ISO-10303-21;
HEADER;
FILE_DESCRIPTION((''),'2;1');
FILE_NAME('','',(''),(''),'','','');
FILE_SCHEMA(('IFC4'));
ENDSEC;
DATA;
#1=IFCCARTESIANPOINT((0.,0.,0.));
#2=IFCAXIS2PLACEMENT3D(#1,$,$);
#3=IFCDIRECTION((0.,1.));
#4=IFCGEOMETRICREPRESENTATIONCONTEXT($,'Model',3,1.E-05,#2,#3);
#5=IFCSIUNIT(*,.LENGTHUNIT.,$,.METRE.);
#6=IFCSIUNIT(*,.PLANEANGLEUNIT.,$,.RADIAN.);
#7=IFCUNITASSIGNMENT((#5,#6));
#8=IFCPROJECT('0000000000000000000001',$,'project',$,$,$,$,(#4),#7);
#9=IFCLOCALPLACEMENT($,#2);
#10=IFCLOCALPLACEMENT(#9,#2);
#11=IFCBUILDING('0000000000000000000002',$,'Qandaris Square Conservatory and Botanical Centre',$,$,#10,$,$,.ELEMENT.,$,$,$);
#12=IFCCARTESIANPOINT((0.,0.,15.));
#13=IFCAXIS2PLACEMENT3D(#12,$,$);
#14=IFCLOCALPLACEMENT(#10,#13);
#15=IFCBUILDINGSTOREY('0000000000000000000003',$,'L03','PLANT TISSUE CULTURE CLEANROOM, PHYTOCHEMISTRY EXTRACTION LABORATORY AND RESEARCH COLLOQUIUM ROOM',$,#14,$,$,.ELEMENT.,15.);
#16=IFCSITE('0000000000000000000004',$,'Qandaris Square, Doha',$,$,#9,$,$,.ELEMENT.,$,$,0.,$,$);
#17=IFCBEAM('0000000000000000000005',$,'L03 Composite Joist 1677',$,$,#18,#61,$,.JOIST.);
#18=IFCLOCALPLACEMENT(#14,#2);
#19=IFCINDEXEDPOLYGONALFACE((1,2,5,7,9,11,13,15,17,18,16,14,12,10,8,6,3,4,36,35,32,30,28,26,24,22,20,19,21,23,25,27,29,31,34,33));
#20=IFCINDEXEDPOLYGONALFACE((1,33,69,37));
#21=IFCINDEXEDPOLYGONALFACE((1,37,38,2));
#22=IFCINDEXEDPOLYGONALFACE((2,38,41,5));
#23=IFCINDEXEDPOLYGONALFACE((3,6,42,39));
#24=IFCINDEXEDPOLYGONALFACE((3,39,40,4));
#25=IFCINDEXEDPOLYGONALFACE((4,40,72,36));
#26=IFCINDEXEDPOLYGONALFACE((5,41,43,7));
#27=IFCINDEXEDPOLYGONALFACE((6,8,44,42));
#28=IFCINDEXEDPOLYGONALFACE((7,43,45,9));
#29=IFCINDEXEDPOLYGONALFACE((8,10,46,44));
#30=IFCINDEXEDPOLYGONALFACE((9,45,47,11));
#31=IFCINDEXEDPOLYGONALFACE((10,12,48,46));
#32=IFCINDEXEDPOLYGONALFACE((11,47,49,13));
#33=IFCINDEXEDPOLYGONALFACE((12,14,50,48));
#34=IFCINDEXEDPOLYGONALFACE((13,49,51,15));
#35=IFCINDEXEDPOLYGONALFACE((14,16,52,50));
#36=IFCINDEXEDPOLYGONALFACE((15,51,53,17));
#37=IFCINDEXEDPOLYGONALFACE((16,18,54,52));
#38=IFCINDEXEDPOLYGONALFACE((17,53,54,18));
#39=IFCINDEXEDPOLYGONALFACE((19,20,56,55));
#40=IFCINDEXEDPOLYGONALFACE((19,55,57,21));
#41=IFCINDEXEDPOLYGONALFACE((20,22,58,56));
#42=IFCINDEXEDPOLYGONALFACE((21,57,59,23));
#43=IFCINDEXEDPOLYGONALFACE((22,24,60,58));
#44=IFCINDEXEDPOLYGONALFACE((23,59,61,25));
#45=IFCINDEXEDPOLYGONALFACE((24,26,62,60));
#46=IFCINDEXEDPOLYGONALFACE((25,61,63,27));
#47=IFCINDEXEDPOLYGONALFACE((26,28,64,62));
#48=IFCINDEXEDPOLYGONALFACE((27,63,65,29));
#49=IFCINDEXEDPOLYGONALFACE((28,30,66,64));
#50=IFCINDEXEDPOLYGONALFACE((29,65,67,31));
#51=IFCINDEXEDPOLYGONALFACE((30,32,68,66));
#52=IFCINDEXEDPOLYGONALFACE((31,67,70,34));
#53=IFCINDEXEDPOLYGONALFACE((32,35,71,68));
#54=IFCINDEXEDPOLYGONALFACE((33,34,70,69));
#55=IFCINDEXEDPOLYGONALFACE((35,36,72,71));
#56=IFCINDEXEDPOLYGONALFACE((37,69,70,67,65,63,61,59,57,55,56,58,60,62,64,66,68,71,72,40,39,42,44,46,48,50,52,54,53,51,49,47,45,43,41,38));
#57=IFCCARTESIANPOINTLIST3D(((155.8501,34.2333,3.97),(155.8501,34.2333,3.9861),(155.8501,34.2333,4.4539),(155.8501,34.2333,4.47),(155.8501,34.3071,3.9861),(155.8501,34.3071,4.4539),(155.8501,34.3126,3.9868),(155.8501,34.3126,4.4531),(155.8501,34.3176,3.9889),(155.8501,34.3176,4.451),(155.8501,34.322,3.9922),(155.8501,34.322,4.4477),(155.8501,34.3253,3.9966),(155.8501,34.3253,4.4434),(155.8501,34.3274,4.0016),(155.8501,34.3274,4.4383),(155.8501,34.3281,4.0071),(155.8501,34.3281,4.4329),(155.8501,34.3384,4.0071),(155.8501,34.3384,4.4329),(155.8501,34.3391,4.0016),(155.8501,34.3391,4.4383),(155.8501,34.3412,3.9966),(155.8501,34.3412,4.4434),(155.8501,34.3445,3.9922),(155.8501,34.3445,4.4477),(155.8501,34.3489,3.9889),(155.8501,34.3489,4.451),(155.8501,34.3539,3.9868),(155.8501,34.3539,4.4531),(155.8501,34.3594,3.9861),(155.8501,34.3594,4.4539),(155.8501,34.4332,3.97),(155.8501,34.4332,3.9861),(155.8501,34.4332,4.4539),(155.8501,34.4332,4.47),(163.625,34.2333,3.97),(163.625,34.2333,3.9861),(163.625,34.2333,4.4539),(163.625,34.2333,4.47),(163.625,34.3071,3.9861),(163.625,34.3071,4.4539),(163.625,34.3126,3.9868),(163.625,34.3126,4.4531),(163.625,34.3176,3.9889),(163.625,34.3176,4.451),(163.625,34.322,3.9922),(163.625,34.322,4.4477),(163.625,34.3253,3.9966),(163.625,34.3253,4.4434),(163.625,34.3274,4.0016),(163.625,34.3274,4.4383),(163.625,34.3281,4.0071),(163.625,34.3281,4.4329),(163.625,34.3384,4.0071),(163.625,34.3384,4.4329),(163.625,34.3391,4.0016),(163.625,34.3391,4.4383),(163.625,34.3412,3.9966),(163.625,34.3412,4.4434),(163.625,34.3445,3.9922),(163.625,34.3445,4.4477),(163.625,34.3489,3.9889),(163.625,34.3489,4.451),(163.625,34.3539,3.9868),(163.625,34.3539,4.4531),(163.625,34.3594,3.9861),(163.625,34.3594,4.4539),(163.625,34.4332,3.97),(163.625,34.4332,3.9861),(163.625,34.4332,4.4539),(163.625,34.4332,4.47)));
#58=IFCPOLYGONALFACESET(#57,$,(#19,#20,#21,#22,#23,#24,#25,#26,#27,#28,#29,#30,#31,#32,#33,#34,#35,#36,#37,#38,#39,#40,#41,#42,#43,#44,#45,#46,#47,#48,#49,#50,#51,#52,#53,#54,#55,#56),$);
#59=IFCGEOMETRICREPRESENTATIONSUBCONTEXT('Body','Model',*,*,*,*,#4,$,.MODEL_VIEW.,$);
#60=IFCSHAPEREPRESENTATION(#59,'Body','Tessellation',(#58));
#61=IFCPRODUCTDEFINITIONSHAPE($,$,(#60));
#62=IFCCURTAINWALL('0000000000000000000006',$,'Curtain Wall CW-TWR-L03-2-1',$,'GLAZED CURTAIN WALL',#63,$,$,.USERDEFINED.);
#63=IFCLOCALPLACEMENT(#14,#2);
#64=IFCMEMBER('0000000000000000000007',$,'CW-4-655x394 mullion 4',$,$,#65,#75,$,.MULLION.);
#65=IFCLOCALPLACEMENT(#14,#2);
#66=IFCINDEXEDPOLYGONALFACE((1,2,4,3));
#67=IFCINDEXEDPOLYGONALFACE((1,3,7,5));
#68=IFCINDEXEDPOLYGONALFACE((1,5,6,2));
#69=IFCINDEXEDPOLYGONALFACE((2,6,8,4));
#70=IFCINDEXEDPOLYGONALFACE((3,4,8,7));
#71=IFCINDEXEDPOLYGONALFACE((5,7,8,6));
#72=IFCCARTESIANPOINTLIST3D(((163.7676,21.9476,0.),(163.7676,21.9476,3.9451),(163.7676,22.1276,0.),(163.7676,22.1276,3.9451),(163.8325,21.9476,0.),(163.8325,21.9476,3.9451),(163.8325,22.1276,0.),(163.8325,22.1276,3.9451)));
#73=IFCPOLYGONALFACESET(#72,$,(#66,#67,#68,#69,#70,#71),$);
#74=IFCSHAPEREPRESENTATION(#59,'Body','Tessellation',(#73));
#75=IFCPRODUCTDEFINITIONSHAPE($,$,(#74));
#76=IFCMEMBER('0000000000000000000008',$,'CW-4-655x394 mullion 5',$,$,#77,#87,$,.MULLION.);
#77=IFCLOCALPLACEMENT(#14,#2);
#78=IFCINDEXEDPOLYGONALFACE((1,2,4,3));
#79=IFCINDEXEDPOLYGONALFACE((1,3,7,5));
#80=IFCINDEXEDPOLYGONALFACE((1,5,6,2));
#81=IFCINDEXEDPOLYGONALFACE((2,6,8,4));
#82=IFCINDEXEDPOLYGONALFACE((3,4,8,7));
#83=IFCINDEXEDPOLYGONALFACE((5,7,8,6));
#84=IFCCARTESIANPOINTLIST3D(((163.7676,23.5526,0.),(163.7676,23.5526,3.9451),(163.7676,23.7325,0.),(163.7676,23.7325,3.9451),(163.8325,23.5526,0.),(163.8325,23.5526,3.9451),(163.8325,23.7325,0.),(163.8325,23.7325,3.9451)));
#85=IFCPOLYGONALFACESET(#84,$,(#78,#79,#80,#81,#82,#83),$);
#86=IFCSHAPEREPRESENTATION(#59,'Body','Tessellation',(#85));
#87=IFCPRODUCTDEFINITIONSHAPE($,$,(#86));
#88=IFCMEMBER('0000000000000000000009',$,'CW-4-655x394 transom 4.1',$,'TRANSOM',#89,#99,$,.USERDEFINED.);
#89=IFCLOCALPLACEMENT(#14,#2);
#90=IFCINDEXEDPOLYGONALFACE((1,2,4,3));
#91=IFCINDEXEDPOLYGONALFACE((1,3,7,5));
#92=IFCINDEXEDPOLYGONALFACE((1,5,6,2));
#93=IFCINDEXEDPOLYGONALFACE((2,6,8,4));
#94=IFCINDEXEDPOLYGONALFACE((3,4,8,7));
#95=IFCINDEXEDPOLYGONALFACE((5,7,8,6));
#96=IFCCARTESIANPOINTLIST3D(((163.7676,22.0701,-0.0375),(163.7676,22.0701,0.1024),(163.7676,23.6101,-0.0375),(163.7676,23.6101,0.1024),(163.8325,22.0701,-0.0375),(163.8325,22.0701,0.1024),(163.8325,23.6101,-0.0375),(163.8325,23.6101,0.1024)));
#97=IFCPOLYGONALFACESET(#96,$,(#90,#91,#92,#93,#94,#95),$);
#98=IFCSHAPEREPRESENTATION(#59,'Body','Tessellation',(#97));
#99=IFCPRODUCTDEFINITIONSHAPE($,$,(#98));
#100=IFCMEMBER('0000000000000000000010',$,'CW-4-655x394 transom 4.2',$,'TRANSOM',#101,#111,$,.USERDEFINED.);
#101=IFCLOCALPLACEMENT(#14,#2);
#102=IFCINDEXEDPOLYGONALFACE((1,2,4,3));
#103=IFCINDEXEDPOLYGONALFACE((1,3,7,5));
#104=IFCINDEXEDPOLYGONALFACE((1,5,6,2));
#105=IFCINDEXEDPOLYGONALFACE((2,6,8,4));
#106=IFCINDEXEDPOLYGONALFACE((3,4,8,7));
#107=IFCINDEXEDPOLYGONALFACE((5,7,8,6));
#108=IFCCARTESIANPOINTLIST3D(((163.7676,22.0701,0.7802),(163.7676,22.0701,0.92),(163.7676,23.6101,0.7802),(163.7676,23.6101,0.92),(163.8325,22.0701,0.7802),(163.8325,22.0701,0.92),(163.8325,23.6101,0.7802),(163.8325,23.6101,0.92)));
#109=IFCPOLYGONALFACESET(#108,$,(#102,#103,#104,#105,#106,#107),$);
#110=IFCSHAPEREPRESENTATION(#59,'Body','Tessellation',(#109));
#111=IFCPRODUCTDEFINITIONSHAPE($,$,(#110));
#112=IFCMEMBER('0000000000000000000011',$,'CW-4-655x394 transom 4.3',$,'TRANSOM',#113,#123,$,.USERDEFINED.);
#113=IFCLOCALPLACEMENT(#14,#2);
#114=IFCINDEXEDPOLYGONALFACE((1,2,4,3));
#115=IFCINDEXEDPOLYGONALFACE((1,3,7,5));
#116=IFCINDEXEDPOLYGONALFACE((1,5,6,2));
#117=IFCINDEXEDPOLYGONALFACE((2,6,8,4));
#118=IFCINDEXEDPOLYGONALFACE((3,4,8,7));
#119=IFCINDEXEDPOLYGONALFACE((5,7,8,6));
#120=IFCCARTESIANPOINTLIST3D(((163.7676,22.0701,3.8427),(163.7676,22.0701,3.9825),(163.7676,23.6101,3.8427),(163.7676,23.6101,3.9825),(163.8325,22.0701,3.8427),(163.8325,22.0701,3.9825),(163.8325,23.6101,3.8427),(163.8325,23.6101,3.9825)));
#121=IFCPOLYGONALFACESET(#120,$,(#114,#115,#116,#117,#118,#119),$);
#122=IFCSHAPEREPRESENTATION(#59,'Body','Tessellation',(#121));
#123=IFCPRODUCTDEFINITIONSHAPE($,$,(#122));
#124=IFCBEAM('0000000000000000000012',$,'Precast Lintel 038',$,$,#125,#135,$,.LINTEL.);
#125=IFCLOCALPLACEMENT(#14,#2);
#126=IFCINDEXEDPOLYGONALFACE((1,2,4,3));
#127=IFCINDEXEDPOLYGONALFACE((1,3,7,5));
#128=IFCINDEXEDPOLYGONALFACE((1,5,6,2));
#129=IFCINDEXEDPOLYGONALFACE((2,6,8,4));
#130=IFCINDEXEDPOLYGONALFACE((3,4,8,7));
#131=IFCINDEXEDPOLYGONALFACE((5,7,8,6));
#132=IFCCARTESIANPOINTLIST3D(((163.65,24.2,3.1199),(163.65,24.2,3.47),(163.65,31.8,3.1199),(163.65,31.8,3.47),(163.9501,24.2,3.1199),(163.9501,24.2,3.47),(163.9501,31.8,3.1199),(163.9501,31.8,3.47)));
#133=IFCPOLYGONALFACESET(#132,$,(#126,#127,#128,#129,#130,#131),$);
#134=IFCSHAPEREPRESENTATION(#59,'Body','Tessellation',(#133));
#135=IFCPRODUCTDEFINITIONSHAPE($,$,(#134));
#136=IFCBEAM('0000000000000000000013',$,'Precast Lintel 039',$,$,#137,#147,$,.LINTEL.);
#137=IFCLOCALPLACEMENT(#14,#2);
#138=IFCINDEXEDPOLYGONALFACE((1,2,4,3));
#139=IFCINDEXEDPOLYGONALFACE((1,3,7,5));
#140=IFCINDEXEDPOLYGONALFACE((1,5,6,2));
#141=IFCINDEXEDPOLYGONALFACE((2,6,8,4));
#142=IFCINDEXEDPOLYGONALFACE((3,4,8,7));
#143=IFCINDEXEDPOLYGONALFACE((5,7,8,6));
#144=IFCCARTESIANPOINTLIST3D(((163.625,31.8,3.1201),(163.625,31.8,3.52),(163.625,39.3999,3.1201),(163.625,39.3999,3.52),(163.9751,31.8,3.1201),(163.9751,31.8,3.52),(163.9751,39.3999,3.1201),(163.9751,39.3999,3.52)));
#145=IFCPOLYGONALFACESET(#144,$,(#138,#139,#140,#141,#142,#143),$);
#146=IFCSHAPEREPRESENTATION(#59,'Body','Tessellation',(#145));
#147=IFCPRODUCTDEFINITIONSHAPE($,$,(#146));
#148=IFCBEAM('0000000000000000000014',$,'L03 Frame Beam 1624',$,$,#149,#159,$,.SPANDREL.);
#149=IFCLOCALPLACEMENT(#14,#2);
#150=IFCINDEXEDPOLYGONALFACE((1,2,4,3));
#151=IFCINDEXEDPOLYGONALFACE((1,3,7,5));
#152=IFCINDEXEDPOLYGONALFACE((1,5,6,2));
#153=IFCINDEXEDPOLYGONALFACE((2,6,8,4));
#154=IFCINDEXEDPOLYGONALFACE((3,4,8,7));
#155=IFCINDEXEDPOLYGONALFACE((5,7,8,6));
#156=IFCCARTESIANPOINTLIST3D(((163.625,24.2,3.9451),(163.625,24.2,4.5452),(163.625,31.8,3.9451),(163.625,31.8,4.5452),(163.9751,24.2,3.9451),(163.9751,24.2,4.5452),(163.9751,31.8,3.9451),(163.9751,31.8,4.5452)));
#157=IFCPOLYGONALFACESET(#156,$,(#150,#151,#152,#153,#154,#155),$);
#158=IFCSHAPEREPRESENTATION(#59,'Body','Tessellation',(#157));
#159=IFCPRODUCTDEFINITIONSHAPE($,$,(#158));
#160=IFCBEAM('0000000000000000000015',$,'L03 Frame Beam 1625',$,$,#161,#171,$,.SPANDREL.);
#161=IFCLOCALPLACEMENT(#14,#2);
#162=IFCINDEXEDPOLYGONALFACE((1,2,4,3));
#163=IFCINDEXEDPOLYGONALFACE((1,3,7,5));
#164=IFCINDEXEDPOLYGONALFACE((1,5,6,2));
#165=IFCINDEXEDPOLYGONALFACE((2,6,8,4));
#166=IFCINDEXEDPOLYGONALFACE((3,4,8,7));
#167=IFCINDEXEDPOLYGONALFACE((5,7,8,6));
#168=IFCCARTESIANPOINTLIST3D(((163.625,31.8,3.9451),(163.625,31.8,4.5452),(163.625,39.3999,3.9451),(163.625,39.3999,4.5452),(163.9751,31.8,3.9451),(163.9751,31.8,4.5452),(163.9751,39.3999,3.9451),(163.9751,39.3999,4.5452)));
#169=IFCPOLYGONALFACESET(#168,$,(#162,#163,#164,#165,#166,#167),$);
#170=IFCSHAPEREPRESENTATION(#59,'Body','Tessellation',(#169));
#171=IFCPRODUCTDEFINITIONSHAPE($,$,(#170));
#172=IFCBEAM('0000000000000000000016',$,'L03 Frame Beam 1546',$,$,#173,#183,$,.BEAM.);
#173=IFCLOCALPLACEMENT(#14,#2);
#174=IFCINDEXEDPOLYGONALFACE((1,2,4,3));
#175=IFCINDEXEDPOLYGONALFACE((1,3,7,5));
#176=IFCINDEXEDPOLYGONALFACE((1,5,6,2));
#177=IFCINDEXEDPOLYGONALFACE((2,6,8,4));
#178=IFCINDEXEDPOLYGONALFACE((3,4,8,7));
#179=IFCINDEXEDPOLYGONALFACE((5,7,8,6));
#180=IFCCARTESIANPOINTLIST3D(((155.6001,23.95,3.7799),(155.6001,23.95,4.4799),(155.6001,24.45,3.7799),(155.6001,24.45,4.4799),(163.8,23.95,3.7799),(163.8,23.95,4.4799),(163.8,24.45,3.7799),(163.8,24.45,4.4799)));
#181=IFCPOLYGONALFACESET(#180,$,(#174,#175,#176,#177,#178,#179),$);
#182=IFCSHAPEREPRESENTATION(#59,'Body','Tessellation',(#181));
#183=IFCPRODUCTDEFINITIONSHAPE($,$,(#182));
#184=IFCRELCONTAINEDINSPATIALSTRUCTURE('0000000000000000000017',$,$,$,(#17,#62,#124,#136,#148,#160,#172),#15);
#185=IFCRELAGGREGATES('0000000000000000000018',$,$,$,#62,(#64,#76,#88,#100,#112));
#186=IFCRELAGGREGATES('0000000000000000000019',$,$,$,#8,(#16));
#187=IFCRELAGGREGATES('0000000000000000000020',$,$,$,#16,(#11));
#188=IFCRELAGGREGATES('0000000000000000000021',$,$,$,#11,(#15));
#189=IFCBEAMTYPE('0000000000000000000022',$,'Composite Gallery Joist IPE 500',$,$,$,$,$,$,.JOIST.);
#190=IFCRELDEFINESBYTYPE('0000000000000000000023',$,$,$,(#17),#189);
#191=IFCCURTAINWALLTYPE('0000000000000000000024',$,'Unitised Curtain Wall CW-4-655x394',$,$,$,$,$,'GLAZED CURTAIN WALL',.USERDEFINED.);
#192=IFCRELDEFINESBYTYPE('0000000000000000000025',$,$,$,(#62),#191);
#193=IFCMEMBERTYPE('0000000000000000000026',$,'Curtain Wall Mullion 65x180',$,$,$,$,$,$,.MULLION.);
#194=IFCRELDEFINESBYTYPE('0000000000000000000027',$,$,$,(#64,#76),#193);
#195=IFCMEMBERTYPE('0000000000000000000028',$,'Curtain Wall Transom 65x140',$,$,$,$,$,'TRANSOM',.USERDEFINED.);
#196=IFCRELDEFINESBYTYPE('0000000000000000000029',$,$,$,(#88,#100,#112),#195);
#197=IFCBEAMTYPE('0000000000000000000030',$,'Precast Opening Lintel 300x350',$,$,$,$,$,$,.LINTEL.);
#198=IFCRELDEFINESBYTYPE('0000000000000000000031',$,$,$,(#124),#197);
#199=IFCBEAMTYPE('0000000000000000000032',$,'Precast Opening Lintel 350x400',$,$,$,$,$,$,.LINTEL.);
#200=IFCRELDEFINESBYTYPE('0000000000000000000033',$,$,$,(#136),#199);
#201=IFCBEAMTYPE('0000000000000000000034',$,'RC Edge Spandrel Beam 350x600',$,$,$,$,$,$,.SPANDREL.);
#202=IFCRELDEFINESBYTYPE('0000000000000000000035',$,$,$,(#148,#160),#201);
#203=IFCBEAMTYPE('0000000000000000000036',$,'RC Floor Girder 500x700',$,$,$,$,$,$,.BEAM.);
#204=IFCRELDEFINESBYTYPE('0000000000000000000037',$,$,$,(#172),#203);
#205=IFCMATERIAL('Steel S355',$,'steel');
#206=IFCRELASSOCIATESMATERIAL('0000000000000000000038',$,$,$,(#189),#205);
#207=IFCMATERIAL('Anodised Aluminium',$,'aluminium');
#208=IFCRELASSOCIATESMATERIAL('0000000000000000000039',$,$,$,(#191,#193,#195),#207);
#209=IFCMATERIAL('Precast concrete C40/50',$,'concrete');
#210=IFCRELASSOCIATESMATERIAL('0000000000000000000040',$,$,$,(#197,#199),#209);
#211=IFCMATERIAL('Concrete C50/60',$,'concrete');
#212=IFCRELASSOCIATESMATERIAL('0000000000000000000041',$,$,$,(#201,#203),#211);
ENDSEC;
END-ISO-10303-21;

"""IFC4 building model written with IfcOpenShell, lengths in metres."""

from ifc_helpers import new_model, si_unit, direction, frame, origin, origin_2d, place, context, subcontext, project, spatial, rectangle, i_section, extrude, material, material_profile, profile_set, type_object, element, aggregate, save


model = new_model("IFC4")

# Units and contexts
model_context = context("Model", 3, precision=1e-05, world=origin(), true_north=direction((0.0, 1.0)))
body_context = subcontext(model_context, "Body", "Model", "MODEL_VIEW")
ifc_project = project(units=[si_unit("LENGTHUNIT", "METRE"), si_unit("PLANEANGLEUNIT", "RADIAN")], contexts=[model_context])

# Site, building, storey
site_placement = place(None, origin())
site = spatial("IfcSite", under=ifc_project, at=site_placement, Name="Qandaris Square, Doha", CompositionType="ELEMENT", RefElevation=0.0)
building_placement = place(site_placement, origin())
building = spatial("IfcBuilding", under=site, at=building_placement, Name="Qandaris Square Conservatory and Botanical Centre", CompositionType="ELEMENT")
storey_placement = place(building_placement, frame((0.0, 0.0, 15.0)))
storey = spatial("IfcBuildingStorey", under=building, at=storey_placement, Name="L03", Description="PLANT TISSUE CULTURE CLEANROOM, PHYTOCHEMISTRY EXTRACTION LABORATORY AND RESEARCH COLLOQUIUM ROOM", CompositionType="ELEMENT", Elevation=15.0)

# Shared definitions
ifc_material_1 = material(Name="Concrete C50/60", Category="concrete")

# Beam
ifc_material_2 = material(Name="Steel S355", Category="steel")
ifc_material_profile_1 = material_profile(ifc_material_2, i_section(OverallWidth=0.2, OverallDepth=0.5, WebThickness=0.0103, FlangeThickness=0.0161, FilletRadius=0.021, at=origin_2d()), Name="IPE 500")
ifc_profile_set_1 = profile_set([ifc_material_profile_1], Name="Steel S355")
beam_type_1 = type_object("IfcBeamType", Name="Composite Gallery Joist IPE 500", PredefinedType="JOIST", material=ifc_profile_set_1)
for number, where, z_axis, x_axis, name in (
    (1, (155.8501, 34.3333, 4.22), (1.0, 0.0, 0.0), (0.0, 1.0, 0.0), "L03 Composite Joist 1677"),
):
    element("IfcBeam", number, at=place(storey_placement, frame(where, z_axis=z_axis, x_axis=x_axis)), inside=storey, type_object=beam_type_1, Name=name, PredefinedType="JOIST", context=body_context, shape_type="SweptSolid", body=[
        extrude(i_section(OverallWidth=0.2, OverallDepth=0.5, WebThickness=0.0103, FlangeThickness=0.0161, FilletRadius=0.021, at=origin_2d()), origin(), (0.0, 0.0, 1.0), 7.7749),
    ])

# Curtain wall, members
ifc_material_3 = material(Name="Anodised Aluminium", Category="aluminium")
curtain_wall_type = type_object("IfcCurtainWallType", Name="Unitised Curtain Wall CW-4-655x394", ElementType="GLAZED CURTAIN WALL", PredefinedType="USERDEFINED", material=ifc_material_3)
curtain_wall_placement = place(storey_placement, origin())
curtain_wall = element("IfcCurtainWall", 2, at=curtain_wall_placement, inside=storey, type_object=curtain_wall_type, Name="Curtain Wall CW-TWR-L03-2-1", ObjectType="GLAZED CURTAIN WALL", PredefinedType="USERDEFINED")
ifc_material_profile_2 = material_profile(ifc_material_3, rectangle(XDim=0.0649, YDim=0.1799, at=origin_2d()), Name="ALU-MUL 65x180")
ifc_profile_set_2 = profile_set([ifc_material_profile_2], Name="Anodised Aluminium")
member_type_1 = type_object("IfcMemberType", Name="Curtain Wall Mullion 65x180", PredefinedType="MULLION", material=ifc_profile_set_2)
member_1_placement = place(storey_placement, frame((163.8, 22.0376, 0.0), z_axis=(0.0, 0.0, 1.0), x_axis=(-1.0, 0.0, 0.0)))
member_1 = element("IfcMember", 3, at=member_1_placement, type_object=member_type_1, Name="CW-4-655x394 mullion 4", PredefinedType="MULLION", context=body_context, shape_type="SweptSolid", body=[
    extrude(rectangle(XDim=0.0649, YDim=0.1799, at=origin_2d()), origin(), (0.0, 0.0, 1.0), 3.9451),
])
member_2_placement = place(storey_placement, frame((163.8, 23.6426, 0.0), z_axis=(0.0, 0.0, 1.0), x_axis=(-1.0, 0.0, 0.0)))
member_2 = element("IfcMember", 4, at=member_2_placement, type_object=member_type_1, Name="CW-4-655x394 mullion 5", PredefinedType="MULLION", context=body_context, shape_type="SweptSolid", body=[
    extrude(rectangle(XDim=0.0649, YDim=0.1799, at=origin_2d()), origin(), (0.0, 0.0, 1.0), 3.9451),
])
ifc_material_profile_3 = material_profile(ifc_material_3, rectangle(XDim=0.0649, YDim=0.1399, at=origin_2d()), Name="ALU-TRN 65x140")
ifc_profile_set_3 = profile_set([ifc_material_profile_3], Name="Anodised Aluminium")
member_type_2 = type_object("IfcMemberType", Name="Curtain Wall Transom 65x140", ElementType="TRANSOM", PredefinedType="USERDEFINED", material=ifc_profile_set_3)
member_3_placement = place(storey_placement, frame((163.8, 22.0701, 0.0325), z_axis=(0.0, 1.0, 0.0), x_axis=(-1.0, 0.0, 0.0)))
member_3 = element("IfcMember", 5, at=member_3_placement, type_object=member_type_2, Name="CW-4-655x394 transom 4.1", ObjectType="TRANSOM", PredefinedType="USERDEFINED", context=body_context, shape_type="SweptSolid", body=[
    extrude(rectangle(XDim=0.0649, YDim=0.1399, at=origin_2d()), origin(), (0.0, 0.0, 1.0), 1.54),
])
member_4_placement = place(storey_placement, frame((163.8, 22.0701, 0.8501), z_axis=(0.0, 1.0, 0.0), x_axis=(-1.0, 0.0, 0.0)))
member_4 = element("IfcMember", 6, at=member_4_placement, type_object=member_type_2, Name="CW-4-655x394 transom 4.2", ObjectType="TRANSOM", PredefinedType="USERDEFINED", context=body_context, shape_type="SweptSolid", body=[
    extrude(rectangle(XDim=0.0649, YDim=0.1399, at=origin_2d()), origin(), (0.0, 0.0, 1.0), 1.54),
])
member_5_placement = place(storey_placement, frame((163.8, 22.0701, 3.9126), z_axis=(0.0, 1.0, 0.0), x_axis=(-1.0, 0.0, 0.0)))
member_5 = element("IfcMember", 7, at=member_5_placement, type_object=member_type_2, Name="CW-4-655x394 transom 4.3", ObjectType="TRANSOM", PredefinedType="USERDEFINED", context=body_context, shape_type="SweptSolid", body=[
    extrude(rectangle(XDim=0.0649, YDim=0.1399, at=origin_2d()), origin(), (0.0, 0.0, 1.0), 1.54),
])

# Beams
ifc_material_4 = material(Name="Precast concrete C40/50", Category="concrete")
ifc_material_profile_4 = material_profile(ifc_material_4, rectangle(XDim=0.3, YDim=0.3501, at=origin_2d()), Name="RC-LN 300x350")
ifc_profile_set_4 = profile_set([ifc_material_profile_4], Name="Precast concrete C40/50")
beam_type_2 = type_object("IfcBeamType", Name="Precast Opening Lintel 300x350", PredefinedType="LINTEL", material=ifc_profile_set_4)
beam_1_placement = place(storey_placement, frame((163.8, 24.2, 3.2949), z_axis=(0.0, 1.0, 0.0), x_axis=(-1.0, 0.0, 0.0)))
element("IfcBeam", 8, at=beam_1_placement, inside=storey, type_object=beam_type_2, Name="Precast Lintel 038", PredefinedType="LINTEL", context=body_context, shape_type="SweptSolid", body=[
    extrude(rectangle(XDim=0.3, YDim=0.3501, at=origin_2d()), origin(), (0.0, 0.0, 1.0), 7.6001),
])
ifc_material_profile_5 = material_profile(ifc_material_4, rectangle(XDim=0.3501, YDim=0.3999, at=origin_2d()), Name="RC-LN 350x400")
ifc_profile_set_5 = profile_set([ifc_material_profile_5], Name="Precast concrete C40/50")
beam_type_3 = type_object("IfcBeamType", Name="Precast Opening Lintel 350x400", PredefinedType="LINTEL", material=ifc_profile_set_5)
beam_2_placement = place(storey_placement, frame((163.8, 31.8, 3.3201), z_axis=(0.0, 1.0, 0.0), x_axis=(-1.0, 0.0, 0.0)))
element("IfcBeam", 9, at=beam_2_placement, inside=storey, type_object=beam_type_3, Name="Precast Lintel 039", PredefinedType="LINTEL", context=body_context, shape_type="SweptSolid", body=[
    extrude(rectangle(XDim=0.3501, YDim=0.3999, at=origin_2d()), origin(), (0.0, 0.0, 1.0), 7.5999),
])
ifc_material_profile_6 = material_profile(ifc_material_1, rectangle(XDim=0.3501, YDim=0.6001, at=origin_2d()), Name="RC-SP 350x600")
ifc_profile_set_6 = profile_set([ifc_material_profile_6], Name="Concrete C50/60")
beam_type_4 = type_object("IfcBeamType", Name="RC Edge Spandrel Beam 350x600", PredefinedType="SPANDREL", material=ifc_profile_set_6)
beam_3_placement = place(storey_placement, frame((163.8, 24.2, 4.2451), z_axis=(0.0, 1.0, 0.0), x_axis=(-1.0, 0.0, 0.0)))
element("IfcBeam", 10, at=beam_3_placement, inside=storey, type_object=beam_type_4, Name="L03 Frame Beam 1624", PredefinedType="SPANDREL", context=body_context, shape_type="SweptSolid", body=[
    extrude(rectangle(XDim=0.3501, YDim=0.6001, at=origin_2d()), origin(), (0.0, 0.0, 1.0), 7.6001),
])
beam_4_placement = place(storey_placement, frame((163.8, 31.8, 4.2451), z_axis=(0.0, 1.0, 0.0), x_axis=(-1.0, 0.0, 0.0)))
element("IfcBeam", 11, at=beam_4_placement, inside=storey, type_object=beam_type_4, Name="L03 Frame Beam 1625", PredefinedType="SPANDREL", context=body_context, shape_type="SweptSolid", body=[
    extrude(rectangle(XDim=0.3501, YDim=0.6001, at=origin_2d()), origin(), (0.0, 0.0, 1.0), 7.5999),
])
ifc_material_profile_7 = material_profile(ifc_material_1, rectangle(XDim=0.5, YDim=0.7, at=origin_2d()), Name="RC-BM 500x700")
ifc_profile_set_7 = profile_set([ifc_material_profile_7], Name="Concrete C50/60")
beam_type_5 = type_object("IfcBeamType", Name="RC Floor Girder 500x700", PredefinedType="BEAM", material=ifc_profile_set_7)
for number, where, z_axis, x_axis, name in (
    (12, (155.6001, 24.2, 4.1299), (1.0, 0.0, 0.0), (0.0, 1.0, 0.0), "L03 Frame Beam 1546"),
):
    element("IfcBeam", number, at=place(storey_placement, frame(where, z_axis=z_axis, x_axis=x_axis)), inside=storey, type_object=beam_type_5, Name=name, PredefinedType="BEAM", context=body_context, shape_type="SweptSolid", body=[
        extrude(rectangle(XDim=0.5, YDim=0.7, at=origin_2d()), origin(), (0.0, 0.0, 1.0), 8.2),
    ])

aggregate(curtain_wall, [member_1, member_2, member_3, member_4, member_5])

save(model, "model.ifc")
